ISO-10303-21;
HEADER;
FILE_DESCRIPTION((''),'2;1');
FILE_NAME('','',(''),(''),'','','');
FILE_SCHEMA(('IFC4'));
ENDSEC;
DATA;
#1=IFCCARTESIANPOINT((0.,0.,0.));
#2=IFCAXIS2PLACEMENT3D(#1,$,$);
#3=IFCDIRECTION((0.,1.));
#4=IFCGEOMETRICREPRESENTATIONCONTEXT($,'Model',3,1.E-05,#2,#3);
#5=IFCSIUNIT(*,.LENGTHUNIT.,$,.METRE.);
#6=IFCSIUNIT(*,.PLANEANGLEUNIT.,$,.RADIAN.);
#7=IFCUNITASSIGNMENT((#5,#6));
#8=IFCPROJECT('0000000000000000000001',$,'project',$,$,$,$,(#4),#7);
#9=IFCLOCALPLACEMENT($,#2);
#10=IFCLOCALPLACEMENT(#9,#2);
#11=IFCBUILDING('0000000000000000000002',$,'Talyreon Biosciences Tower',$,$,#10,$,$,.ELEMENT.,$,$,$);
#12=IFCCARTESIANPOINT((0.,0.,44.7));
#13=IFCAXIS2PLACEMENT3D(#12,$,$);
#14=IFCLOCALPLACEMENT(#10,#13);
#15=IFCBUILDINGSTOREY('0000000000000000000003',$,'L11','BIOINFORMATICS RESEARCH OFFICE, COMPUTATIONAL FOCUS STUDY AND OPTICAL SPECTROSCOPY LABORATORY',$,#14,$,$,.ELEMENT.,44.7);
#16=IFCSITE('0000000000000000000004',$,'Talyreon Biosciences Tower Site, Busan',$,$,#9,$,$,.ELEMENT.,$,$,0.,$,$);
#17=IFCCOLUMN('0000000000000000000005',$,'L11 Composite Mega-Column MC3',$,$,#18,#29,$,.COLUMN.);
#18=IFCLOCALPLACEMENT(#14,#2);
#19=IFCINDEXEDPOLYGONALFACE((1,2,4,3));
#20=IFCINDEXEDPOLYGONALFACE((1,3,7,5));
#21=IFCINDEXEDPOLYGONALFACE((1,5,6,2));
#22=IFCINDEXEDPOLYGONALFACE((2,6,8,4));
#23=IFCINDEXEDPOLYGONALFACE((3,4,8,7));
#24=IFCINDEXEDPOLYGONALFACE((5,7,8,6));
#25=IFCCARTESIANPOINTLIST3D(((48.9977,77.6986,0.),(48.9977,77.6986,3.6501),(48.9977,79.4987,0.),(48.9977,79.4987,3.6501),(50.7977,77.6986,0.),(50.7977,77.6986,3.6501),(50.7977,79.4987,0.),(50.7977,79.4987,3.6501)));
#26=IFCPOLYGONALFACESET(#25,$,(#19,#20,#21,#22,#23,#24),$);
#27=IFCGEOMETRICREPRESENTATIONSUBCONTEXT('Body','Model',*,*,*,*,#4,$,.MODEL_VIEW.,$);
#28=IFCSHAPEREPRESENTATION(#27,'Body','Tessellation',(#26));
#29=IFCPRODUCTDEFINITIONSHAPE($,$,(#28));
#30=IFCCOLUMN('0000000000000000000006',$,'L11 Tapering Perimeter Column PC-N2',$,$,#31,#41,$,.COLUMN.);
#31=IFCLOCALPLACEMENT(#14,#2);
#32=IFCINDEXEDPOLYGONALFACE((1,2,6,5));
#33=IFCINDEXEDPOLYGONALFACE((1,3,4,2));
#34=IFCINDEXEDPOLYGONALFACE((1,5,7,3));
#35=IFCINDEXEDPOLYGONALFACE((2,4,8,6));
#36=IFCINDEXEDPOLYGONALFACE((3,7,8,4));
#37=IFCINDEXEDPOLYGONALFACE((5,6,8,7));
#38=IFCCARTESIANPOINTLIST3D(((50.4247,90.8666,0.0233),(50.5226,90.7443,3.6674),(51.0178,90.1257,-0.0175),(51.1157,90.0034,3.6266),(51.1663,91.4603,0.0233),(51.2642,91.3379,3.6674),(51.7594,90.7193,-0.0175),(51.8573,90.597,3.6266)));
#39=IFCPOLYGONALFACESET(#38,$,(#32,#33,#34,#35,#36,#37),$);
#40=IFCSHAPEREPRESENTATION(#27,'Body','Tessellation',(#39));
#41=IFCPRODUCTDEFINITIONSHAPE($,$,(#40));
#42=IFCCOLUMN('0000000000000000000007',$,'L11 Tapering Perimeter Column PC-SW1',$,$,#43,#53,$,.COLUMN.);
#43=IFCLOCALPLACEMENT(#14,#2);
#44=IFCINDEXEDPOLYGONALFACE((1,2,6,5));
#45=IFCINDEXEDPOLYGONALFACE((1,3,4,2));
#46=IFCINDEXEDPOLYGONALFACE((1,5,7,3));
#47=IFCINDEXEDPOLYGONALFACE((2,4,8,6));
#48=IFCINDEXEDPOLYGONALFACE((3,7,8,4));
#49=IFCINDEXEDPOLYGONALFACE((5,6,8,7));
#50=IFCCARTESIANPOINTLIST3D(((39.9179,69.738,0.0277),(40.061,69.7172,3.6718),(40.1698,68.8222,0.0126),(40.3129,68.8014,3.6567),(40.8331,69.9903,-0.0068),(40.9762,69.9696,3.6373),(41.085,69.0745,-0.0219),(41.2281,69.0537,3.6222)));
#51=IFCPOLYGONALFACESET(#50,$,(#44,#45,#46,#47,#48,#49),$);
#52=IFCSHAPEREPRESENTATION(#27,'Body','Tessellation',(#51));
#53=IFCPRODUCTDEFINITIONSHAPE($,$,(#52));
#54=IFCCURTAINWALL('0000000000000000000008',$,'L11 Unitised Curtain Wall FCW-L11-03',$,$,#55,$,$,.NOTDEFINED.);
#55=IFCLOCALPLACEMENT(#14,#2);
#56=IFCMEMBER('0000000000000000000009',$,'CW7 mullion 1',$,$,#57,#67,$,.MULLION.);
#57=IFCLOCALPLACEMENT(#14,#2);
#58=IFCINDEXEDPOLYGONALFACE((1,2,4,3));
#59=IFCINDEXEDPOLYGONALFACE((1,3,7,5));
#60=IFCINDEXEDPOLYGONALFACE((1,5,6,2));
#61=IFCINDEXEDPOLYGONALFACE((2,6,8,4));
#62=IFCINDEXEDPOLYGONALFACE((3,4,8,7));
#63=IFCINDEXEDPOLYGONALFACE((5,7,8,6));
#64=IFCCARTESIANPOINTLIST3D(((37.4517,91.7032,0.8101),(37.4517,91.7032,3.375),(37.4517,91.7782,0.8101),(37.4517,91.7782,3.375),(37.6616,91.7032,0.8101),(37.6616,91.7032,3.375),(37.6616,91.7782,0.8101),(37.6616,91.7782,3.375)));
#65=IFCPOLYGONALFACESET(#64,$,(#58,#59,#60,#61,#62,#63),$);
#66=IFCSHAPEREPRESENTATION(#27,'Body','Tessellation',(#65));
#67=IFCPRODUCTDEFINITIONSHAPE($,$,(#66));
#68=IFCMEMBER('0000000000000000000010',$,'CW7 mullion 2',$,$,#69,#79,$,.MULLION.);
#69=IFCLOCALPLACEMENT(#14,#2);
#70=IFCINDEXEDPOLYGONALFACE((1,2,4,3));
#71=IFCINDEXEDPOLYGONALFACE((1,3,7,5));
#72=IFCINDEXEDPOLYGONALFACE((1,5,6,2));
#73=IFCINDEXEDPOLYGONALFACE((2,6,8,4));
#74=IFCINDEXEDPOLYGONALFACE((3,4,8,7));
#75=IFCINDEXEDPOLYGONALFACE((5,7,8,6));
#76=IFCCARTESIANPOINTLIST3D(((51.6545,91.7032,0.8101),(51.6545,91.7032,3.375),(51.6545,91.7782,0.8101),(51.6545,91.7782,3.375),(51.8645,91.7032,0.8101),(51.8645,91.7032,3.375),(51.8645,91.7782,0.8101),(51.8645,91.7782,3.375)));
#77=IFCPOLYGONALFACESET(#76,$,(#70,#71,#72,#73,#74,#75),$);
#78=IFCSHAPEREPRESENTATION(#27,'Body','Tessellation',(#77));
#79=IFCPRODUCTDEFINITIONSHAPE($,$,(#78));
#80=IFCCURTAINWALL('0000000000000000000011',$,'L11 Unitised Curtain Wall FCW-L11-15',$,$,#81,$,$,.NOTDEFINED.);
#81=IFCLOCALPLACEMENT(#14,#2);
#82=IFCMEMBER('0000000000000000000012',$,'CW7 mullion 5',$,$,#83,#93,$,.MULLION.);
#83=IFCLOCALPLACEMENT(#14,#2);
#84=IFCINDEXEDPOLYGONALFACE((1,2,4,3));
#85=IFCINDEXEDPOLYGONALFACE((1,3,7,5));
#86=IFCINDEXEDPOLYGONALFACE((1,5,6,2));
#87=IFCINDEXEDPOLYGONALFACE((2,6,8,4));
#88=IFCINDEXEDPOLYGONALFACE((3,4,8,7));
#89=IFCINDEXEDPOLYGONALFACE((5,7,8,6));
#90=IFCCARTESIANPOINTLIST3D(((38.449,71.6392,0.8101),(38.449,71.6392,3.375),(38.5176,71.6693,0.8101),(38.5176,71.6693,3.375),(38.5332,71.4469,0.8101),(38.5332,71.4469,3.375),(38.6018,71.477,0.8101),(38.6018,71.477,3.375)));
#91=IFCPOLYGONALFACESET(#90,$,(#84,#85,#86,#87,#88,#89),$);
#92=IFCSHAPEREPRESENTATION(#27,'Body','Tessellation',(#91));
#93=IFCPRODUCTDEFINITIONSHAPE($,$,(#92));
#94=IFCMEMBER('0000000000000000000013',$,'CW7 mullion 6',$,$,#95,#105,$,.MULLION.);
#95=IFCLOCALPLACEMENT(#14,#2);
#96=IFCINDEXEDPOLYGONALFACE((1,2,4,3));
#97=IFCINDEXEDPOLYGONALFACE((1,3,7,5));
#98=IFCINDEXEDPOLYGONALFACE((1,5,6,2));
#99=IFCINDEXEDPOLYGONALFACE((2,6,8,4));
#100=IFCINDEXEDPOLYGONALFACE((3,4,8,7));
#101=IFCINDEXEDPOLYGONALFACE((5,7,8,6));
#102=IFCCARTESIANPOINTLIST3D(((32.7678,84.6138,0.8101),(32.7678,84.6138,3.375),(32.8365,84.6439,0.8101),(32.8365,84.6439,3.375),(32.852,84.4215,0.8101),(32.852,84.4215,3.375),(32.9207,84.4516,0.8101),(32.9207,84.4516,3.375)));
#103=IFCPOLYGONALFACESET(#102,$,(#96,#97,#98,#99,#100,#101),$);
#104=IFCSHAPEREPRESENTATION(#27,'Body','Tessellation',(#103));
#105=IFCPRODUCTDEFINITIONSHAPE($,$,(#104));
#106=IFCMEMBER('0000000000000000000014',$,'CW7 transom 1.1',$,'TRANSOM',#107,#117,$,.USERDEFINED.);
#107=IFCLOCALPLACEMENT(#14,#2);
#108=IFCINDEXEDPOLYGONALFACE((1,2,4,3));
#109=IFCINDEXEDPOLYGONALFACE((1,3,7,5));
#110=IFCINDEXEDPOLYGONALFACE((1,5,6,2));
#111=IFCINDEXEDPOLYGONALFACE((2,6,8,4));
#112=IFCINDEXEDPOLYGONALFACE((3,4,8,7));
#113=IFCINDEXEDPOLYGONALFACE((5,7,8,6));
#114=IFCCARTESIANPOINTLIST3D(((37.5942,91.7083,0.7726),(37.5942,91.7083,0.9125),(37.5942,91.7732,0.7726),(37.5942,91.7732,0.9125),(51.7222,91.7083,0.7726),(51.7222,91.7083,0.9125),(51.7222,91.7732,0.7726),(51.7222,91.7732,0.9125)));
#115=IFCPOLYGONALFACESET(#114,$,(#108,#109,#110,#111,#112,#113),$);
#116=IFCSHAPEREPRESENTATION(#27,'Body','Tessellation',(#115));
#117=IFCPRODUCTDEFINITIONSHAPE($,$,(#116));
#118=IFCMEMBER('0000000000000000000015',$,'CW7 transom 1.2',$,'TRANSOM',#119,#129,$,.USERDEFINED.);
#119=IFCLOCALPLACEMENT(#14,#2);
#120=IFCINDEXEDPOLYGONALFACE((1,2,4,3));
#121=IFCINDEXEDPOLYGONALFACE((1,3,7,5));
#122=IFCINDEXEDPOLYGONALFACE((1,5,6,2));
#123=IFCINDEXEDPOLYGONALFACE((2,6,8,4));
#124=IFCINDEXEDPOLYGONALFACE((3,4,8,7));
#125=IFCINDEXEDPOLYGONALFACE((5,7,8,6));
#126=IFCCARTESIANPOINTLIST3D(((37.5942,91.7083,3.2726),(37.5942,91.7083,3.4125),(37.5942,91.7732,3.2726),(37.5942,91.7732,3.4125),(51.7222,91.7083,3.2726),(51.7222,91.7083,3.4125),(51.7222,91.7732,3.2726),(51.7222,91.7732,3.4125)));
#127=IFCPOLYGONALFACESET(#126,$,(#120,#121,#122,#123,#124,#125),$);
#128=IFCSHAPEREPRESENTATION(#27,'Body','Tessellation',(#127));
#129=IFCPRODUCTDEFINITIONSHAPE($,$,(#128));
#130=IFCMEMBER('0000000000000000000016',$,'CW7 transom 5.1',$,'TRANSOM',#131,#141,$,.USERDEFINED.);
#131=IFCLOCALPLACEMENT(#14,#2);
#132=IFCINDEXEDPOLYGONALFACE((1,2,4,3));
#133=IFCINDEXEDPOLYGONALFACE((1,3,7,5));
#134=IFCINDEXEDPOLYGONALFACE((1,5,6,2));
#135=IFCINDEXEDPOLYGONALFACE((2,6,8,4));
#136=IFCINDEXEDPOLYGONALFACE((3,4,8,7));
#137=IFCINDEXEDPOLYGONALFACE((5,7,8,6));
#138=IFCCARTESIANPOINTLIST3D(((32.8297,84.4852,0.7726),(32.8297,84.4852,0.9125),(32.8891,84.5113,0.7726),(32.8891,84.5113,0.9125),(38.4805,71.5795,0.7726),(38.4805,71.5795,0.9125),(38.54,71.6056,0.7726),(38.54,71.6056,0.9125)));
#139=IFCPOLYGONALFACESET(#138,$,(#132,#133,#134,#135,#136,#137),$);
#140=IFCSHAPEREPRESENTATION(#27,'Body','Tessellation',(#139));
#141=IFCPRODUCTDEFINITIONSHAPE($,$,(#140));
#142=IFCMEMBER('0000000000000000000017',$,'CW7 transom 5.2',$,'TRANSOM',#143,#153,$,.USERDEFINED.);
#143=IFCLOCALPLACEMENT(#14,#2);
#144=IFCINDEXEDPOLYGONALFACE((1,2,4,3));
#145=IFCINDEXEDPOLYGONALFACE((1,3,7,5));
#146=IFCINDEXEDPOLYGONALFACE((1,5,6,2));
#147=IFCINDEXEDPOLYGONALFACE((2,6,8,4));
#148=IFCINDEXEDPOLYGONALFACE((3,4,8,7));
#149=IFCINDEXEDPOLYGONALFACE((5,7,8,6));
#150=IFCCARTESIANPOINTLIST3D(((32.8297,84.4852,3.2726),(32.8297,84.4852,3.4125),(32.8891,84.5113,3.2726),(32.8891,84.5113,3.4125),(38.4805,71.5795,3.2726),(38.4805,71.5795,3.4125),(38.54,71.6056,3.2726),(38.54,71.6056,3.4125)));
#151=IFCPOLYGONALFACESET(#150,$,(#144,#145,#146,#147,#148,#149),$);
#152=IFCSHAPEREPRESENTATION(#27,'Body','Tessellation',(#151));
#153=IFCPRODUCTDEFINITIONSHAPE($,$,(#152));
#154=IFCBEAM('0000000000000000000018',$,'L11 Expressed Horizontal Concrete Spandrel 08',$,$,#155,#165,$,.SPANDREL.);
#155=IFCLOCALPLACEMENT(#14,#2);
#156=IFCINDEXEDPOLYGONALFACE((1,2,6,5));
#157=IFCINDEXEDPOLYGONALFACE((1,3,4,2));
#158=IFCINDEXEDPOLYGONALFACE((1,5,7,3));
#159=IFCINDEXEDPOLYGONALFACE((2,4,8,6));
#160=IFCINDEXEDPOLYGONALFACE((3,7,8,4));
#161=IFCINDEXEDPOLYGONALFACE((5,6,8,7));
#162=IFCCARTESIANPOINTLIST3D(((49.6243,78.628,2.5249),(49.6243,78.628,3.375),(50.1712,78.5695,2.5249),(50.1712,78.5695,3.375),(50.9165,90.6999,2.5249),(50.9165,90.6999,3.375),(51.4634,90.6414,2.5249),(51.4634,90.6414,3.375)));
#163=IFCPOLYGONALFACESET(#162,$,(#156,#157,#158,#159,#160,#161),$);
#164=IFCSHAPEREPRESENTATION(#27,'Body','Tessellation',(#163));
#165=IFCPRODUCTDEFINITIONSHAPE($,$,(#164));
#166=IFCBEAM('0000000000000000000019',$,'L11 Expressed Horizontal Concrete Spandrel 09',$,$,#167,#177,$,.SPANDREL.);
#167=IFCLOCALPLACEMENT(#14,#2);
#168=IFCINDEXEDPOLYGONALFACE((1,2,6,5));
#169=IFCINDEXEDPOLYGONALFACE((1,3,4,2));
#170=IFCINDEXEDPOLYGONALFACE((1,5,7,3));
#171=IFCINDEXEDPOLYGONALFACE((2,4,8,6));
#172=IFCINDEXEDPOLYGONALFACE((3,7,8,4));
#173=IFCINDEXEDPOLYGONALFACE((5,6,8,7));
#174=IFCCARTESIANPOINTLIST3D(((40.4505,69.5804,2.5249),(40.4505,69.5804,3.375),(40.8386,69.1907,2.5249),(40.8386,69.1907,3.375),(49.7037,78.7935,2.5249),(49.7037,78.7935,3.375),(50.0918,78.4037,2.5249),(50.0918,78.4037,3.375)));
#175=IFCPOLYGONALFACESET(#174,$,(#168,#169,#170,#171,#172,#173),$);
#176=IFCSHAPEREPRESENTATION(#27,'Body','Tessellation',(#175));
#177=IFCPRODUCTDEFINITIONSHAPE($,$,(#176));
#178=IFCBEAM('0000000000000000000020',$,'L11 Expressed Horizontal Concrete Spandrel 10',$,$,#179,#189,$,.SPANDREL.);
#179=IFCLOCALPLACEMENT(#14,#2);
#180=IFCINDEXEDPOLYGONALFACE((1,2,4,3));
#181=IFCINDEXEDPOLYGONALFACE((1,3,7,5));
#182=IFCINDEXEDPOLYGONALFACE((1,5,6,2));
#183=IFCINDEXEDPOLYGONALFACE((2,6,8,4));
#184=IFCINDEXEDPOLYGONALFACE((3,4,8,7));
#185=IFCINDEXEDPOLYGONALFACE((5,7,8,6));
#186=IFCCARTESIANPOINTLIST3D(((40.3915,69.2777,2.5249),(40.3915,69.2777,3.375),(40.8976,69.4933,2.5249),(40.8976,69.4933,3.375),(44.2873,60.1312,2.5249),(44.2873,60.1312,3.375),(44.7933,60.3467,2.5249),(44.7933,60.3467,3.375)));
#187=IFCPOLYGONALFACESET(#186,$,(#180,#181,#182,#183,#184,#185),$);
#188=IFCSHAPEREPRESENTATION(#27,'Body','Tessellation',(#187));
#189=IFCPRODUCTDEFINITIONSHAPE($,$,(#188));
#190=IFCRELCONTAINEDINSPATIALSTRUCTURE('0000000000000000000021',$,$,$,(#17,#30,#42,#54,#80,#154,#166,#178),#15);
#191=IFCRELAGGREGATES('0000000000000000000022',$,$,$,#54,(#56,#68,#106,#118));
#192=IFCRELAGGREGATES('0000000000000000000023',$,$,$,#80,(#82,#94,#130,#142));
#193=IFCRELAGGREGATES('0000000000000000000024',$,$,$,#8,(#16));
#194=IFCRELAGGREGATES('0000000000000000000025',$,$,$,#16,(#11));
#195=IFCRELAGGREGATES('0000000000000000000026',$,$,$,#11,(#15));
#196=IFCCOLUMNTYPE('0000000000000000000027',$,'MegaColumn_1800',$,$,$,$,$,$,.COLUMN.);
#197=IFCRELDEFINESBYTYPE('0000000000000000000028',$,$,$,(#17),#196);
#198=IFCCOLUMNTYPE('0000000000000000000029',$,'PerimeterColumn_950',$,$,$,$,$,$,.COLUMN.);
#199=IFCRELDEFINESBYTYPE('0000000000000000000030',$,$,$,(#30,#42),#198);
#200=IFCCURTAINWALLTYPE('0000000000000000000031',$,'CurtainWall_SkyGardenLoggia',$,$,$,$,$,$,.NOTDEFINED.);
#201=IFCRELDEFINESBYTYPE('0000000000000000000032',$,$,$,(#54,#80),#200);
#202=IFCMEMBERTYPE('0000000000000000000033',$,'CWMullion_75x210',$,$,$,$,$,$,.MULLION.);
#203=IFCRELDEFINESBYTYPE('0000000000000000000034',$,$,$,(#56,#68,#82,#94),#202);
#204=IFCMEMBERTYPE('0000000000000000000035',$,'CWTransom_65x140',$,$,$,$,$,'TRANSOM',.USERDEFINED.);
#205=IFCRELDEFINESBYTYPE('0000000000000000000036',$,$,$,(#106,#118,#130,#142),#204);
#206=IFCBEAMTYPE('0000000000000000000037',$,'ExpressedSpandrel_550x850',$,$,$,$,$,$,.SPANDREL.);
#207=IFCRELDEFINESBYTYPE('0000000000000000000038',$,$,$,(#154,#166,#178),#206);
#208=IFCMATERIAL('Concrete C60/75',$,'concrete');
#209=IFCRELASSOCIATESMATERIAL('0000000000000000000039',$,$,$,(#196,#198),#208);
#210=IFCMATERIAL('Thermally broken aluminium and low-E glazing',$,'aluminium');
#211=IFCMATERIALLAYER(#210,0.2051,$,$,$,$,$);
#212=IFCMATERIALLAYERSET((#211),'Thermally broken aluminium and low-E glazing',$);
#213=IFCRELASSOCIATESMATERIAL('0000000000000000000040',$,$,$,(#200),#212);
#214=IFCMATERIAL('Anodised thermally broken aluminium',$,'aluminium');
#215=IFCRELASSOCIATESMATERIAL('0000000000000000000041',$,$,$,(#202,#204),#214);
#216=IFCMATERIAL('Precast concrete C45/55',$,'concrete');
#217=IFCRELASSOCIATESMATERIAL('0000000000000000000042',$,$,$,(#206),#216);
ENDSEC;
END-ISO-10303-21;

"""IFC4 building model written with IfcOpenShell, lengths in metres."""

from ifc_helpers import new_model, si_unit, direction, frame, origin, origin_2d, place, context, subcontext, project, spatial, rectangle, extrude, material, layer, layer_set, material_profile, profile_set, type_object, element, aggregate, save


model = new_model("IFC4")

# Units and contexts
model_context = context("Model", 3, precision=1e-05, world=origin(), true_north=direction((0.0, 1.0)))
body_context = subcontext(model_context, "Body", "Model", "MODEL_VIEW")
ifc_project = project(units=[si_unit("LENGTHUNIT", "METRE"), si_unit("PLANEANGLEUNIT", "RADIAN")], contexts=[model_context])

# Site, building, storey
site_placement = place(None, origin())
site = spatial("IfcSite", under=ifc_project, at=site_placement, Name="Talyreon Biosciences Tower Site, Busan", CompositionType="ELEMENT", RefElevation=0.0)
building_placement = place(site_placement, origin())
building = spatial("IfcBuilding", under=site, at=building_placement, Name="Talyreon Biosciences Tower", CompositionType="ELEMENT")
storey_placement = place(building_placement, frame((0.0, 0.0, 44.7)))
storey = spatial("IfcBuildingStorey", under=building, at=storey_placement, Name="L11", Description="BIOINFORMATICS RESEARCH OFFICE, COMPUTATIONAL FOCUS STUDY AND OPTICAL SPECTROSCOPY LABORATORY", CompositionType="ELEMENT", Elevation=44.7)

# Columns
ifc_material_1 = material(Name="Concrete C60/75", Category="concrete")
ifc_material_profile_1 = material_profile(ifc_material_1, rectangle(XDim=1.8, YDim=1.8, at=origin_2d()), Name="RC 1800x1800")
ifc_profile_set_1 = profile_set([ifc_material_profile_1], Name="Concrete C60/75")
column_type_1 = type_object("IfcColumnType", Name="MegaColumn_1800", PredefinedType="COLUMN", material=ifc_profile_set_1)
column_1_placement = place(storey_placement, frame((49.8977, 78.5986, 0.0), z_axis=(0.0, 0.0, 1.0), x_axis=(1.0, 0.0, 0.0)))
element("IfcColumn", 1, at=column_1_placement, inside=storey, type_object=column_type_1, Name="L11 Composite Mega-Column MC3", PredefinedType="COLUMN", context=body_context, shape_type="SweptSolid", body=[
    extrude(rectangle(XDim=1.8, YDim=1.8, at=origin_2d()), origin(), (0.0, 0.0, 1.0), 3.6501),
])
ifc_material_profile_2 = material_profile(ifc_material_1, rectangle(XDim=0.95, YDim=0.95, at=origin_2d()), Name="RC 950x950")
ifc_profile_set_2 = profile_set([ifc_material_profile_2], Name="Concrete C60/75")
column_type_2 = type_object("IfcColumnType", Name="PerimeterColumn_950", PredefinedType="COLUMN", material=ifc_profile_set_2)
column_2_placement = place(storey_placement, frame((51.092, 90.793, 0.0029), z_axis=(0.026841, -0.033535, 0.999077), x_axis=(-0.780717, -0.624885, 0.0)))
element("IfcColumn", 2, at=column_2_placement, inside=storey, type_object=column_type_2, Name="L11 Tapering Perimeter Column PC-N2", PredefinedType="COLUMN", context=body_context, shape_type="SweptSolid", body=[
    extrude(rectangle(XDim=0.95, YDim=0.95, at=origin_2d()), origin(), (0.0, 0.0, 1.0), 3.6475),
])
column_3_placement = place(storey_placement, frame((40.5015, 69.4062, 0.0029), z_axis=(0.039229, -0.00569, 0.999214), x_axis=(0.963398, 0.265605, -0.036311)))
element("IfcColumn", 3, at=column_3_placement, inside=storey, type_object=column_type_2, Name="L11 Tapering Perimeter Column PC-SW1", PredefinedType="COLUMN", context=body_context, shape_type="SweptSolid", body=[
    extrude(rectangle(XDim=0.95, YDim=0.95, at=origin_2d()), origin(), (0.0, 0.0, 1.0), 3.647),
])

# Curtain walls, members
ifc_material_2 = material(Name="Thermally broken aluminium and low-E glazing", Category="aluminium")
ifc_layer_1 = layer(ifc_material_2, 0.2051)
ifc_layer_set_1 = layer_set([ifc_layer_1], Name="Thermally broken aluminium and low-E glazing")
curtain_wall_type = type_object("IfcCurtainWallType", Name="CurtainWall_SkyGardenLoggia", PredefinedType="NOTDEFINED", material=ifc_layer_set_1)
curtain_wall_1_placement = place(storey_placement, origin())
curtain_wall_1 = element("IfcCurtainWall", 4, at=curtain_wall_1_placement, inside=storey, type_object=curtain_wall_type, Name="L11 Unitised Curtain Wall FCW-L11-03", PredefinedType="NOTDEFINED")
ifc_material_3 = material(Name="Anodised thermally broken aluminium", Category="aluminium")
ifc_material_profile_3 = material_profile(ifc_material_3, rectangle(XDim=0.075, YDim=0.21, at=origin_2d()), Name="ALUM MULLION 75x210")
ifc_profile_set_3 = profile_set([ifc_material_profile_3], Name="Anodised thermally broken aluminium")
member_type_1 = type_object("IfcMemberType", Name="CWMullion_75x210", PredefinedType="MULLION", material=ifc_profile_set_3)
member_1_placement = place(storey_placement, frame((37.5566, 91.7407, 0.8101), z_axis=(0.0, 0.0, 1.0), x_axis=(0.0, 1.0, 0.0)))
member_1 = element("IfcMember", 5, at=member_1_placement, type_object=member_type_1, Name="CW7 mullion 1", PredefinedType="MULLION", context=body_context, shape_type="SweptSolid", body=[
    extrude(rectangle(XDim=0.075, YDim=0.21, at=origin_2d()), origin(), (0.0, 0.0, 1.0), 2.5649),
])
member_2_placement = place(storey_placement, frame((51.7595, 91.7407, 0.8101), z_axis=(0.0, 0.0, 1.0), x_axis=(0.0, 1.0, 0.0)))
member_2 = element("IfcMember", 6, at=member_2_placement, type_object=member_type_1, Name="CW7 mullion 2", PredefinedType="MULLION", context=body_context, shape_type="SweptSolid", body=[
    extrude(rectangle(XDim=0.075, YDim=0.21, at=origin_2d()), origin(), (0.0, 0.0, 1.0), 2.5649),
])
curtain_wall_2_placement = place(storey_placement, origin())
curtain_wall_2 = element("IfcCurtainWall", 7, at=curtain_wall_2_placement, inside=storey, type_object=curtain_wall_type, Name="L11 Unitised Curtain Wall FCW-L11-15", PredefinedType="NOTDEFINED")
member_3_placement = place(storey_placement, frame((38.5254, 71.5581, 0.8101), z_axis=(0.0, 0.0, 1.0), x_axis=(-0.916035, -0.401097, 0.0)))
member_3 = element("IfcMember", 8, at=member_3_placement, type_object=member_type_1, Name="CW7 mullion 5", PredefinedType="MULLION", context=body_context, shape_type="SweptSolid", body=[
    extrude(rectangle(XDim=0.075, YDim=0.21, at=origin_2d()), origin(), (0.0, 0.0, 1.0), 2.5649),
])
member_4_placement = place(storey_placement, frame((32.8442, 84.5327, 0.8101), z_axis=(0.0, 0.0, 1.0), x_axis=(-0.916035, -0.401097, 0.0)))
member_4 = element("IfcMember", 9, at=member_4_placement, type_object=member_type_1, Name="CW7 mullion 6", PredefinedType="MULLION", context=body_context, shape_type="SweptSolid", body=[
    extrude(rectangle(XDim=0.075, YDim=0.21, at=origin_2d()), origin(), (0.0, 0.0, 1.0), 2.5649),
])

# Members
ifc_material_profile_4 = material_profile(ifc_material_3, rectangle(XDim=0.0649, YDim=0.1399, at=origin_2d()), Name="ALUM TRANSOM 65x140")
ifc_profile_set_4 = profile_set([ifc_material_profile_4], Name="Anodised thermally broken aluminium")
member_type_2 = type_object("IfcMemberType", Name="CWTransom_65x140", ElementType="TRANSOM", PredefinedType="USERDEFINED", material=ifc_profile_set_4)
member_5_placement = place(storey_placement, frame((37.5942, 91.7407, 0.8425), z_axis=(1.0, 0.0, 0.0), x_axis=(0.0, 1.0, 0.0)))
member_5 = element("IfcMember", 10, at=member_5_placement, type_object=member_type_2, Name="CW7 transom 1.1", ObjectType="TRANSOM", PredefinedType="USERDEFINED", context=body_context, shape_type="SweptSolid", body=[
    extrude(rectangle(XDim=0.0649, YDim=0.1399, at=origin_2d()), origin(), (0.0, 0.0, 1.0), 14.1279),
])
member_6_placement = place(storey_placement, frame((37.5942, 91.7407, 3.3425), z_axis=(1.0, 0.0, 0.0), x_axis=(0.0, 1.0, 0.0)))
member_6 = element("IfcMember", 11, at=member_6_placement, type_object=member_type_2, Name="CW7 transom 1.2", ObjectType="TRANSOM", PredefinedType="USERDEFINED", context=body_context, shape_type="SweptSolid", body=[
    extrude(rectangle(XDim=0.0649, YDim=0.1399, at=origin_2d()), origin(), (0.0, 0.0, 1.0), 14.1279),
])
member_7_placement = place(storey_placement, frame((38.5103, 71.5925, 0.8425), z_axis=(-0.401093, 0.916037, 0.0), x_axis=(-0.916037, -0.401093, 0.0)))
member_7 = element("IfcMember", 12, at=member_7_placement, type_object=member_type_2, Name="CW7 transom 5.1", ObjectType="TRANSOM", PredefinedType="USERDEFINED", context=body_context, shape_type="SweptSolid", body=[
    extrude(rectangle(XDim=0.0649, YDim=0.1399, at=origin_2d()), origin(), (0.0, 0.0, 1.0), 14.0886),
])
member_8_placement = place(storey_placement, frame((38.5103, 71.5925, 3.3425), z_axis=(-0.401093, 0.916037, 0.0), x_axis=(-0.916037, -0.401093, 0.0)))
member_8 = element("IfcMember", 13, at=member_8_placement, type_object=member_type_2, Name="CW7 transom 5.2", ObjectType="TRANSOM", PredefinedType="USERDEFINED", context=body_context, shape_type="SweptSolid", body=[
    extrude(rectangle(XDim=0.0649, YDim=0.1399, at=origin_2d()), origin(), (0.0, 0.0, 1.0), 14.0886),
])

# Beams
ifc_material_4 = material(Name="Precast concrete C45/55", Category="concrete")
ifc_material_profile_5 = material_profile(ifc_material_4, rectangle(XDim=0.55, YDim=0.8501, at=origin_2d()), Name="RCB 550x850")
ifc_profile_set_5 = profile_set([ifc_material_profile_5], Name="Precast concrete C45/55")
beam_type_1 = type_object("IfcBeamType", Name="ExpressedSpandrel_550x850", PredefinedType="SPANDREL", material=ifc_profile_set_5)
beam_1_placement = place(storey_placement, frame((51.1899, 90.6707, 2.95), z_axis=(-0.106436, -0.99432, 0.0), x_axis=(0.99432, -0.106436, 0.0)))
element("IfcBeam", 14, at=beam_1_placement, inside=storey, type_object=beam_type_1, Name="L11 Expressed Horizontal Concrete Spandrel 08", PredefinedType="SPANDREL", context=body_context, shape_type="SweptSolid", body=[
    extrude(rectangle(XDim=0.55, YDim=0.8501, at=origin_2d()), origin(), (0.0, 0.0, 1.0), 12.1409),
])
beam_2_placement = place(storey_placement, frame((49.8977, 78.5986, 2.95), z_axis=(-0.708638, -0.705572, 0.0), x_axis=(0.705572, -0.708638, 0.0)))
element("IfcBeam", 15, at=beam_2_placement, inside=storey, type_object=beam_type_1, Name="L11 Expressed Horizontal Concrete Spandrel 09", PredefinedType="SPANDREL", context=body_context, shape_type="SweptSolid", body=[
    extrude(rectangle(XDim=0.55, YDim=0.8501, at=origin_2d()), origin(), (0.0, 0.0, 1.0), 13.0576),
])
beam_3_placement = place(storey_placement, frame((40.6445, 69.3855, 2.95), z_axis=(0.391864, -0.920023, 0.0), x_axis=(0.920023, 0.391864, 0.0)))
element("IfcBeam", 16, at=beam_3_placement, inside=storey, type_object=beam_type_1, Name="L11 Expressed Horizontal Concrete Spandrel 10", PredefinedType="SPANDREL", context=body_context, shape_type="SweptSolid", body=[
    extrude(rectangle(XDim=0.55, YDim=0.8501, at=origin_2d()), origin(), (0.0, 0.0, 1.0), 9.9417),
])

aggregate(curtain_wall_1, [member_1, member_2, member_5, member_6])
aggregate(curtain_wall_2, [member_3, member_4, member_7, member_8])

save(model, "model.ifc")
